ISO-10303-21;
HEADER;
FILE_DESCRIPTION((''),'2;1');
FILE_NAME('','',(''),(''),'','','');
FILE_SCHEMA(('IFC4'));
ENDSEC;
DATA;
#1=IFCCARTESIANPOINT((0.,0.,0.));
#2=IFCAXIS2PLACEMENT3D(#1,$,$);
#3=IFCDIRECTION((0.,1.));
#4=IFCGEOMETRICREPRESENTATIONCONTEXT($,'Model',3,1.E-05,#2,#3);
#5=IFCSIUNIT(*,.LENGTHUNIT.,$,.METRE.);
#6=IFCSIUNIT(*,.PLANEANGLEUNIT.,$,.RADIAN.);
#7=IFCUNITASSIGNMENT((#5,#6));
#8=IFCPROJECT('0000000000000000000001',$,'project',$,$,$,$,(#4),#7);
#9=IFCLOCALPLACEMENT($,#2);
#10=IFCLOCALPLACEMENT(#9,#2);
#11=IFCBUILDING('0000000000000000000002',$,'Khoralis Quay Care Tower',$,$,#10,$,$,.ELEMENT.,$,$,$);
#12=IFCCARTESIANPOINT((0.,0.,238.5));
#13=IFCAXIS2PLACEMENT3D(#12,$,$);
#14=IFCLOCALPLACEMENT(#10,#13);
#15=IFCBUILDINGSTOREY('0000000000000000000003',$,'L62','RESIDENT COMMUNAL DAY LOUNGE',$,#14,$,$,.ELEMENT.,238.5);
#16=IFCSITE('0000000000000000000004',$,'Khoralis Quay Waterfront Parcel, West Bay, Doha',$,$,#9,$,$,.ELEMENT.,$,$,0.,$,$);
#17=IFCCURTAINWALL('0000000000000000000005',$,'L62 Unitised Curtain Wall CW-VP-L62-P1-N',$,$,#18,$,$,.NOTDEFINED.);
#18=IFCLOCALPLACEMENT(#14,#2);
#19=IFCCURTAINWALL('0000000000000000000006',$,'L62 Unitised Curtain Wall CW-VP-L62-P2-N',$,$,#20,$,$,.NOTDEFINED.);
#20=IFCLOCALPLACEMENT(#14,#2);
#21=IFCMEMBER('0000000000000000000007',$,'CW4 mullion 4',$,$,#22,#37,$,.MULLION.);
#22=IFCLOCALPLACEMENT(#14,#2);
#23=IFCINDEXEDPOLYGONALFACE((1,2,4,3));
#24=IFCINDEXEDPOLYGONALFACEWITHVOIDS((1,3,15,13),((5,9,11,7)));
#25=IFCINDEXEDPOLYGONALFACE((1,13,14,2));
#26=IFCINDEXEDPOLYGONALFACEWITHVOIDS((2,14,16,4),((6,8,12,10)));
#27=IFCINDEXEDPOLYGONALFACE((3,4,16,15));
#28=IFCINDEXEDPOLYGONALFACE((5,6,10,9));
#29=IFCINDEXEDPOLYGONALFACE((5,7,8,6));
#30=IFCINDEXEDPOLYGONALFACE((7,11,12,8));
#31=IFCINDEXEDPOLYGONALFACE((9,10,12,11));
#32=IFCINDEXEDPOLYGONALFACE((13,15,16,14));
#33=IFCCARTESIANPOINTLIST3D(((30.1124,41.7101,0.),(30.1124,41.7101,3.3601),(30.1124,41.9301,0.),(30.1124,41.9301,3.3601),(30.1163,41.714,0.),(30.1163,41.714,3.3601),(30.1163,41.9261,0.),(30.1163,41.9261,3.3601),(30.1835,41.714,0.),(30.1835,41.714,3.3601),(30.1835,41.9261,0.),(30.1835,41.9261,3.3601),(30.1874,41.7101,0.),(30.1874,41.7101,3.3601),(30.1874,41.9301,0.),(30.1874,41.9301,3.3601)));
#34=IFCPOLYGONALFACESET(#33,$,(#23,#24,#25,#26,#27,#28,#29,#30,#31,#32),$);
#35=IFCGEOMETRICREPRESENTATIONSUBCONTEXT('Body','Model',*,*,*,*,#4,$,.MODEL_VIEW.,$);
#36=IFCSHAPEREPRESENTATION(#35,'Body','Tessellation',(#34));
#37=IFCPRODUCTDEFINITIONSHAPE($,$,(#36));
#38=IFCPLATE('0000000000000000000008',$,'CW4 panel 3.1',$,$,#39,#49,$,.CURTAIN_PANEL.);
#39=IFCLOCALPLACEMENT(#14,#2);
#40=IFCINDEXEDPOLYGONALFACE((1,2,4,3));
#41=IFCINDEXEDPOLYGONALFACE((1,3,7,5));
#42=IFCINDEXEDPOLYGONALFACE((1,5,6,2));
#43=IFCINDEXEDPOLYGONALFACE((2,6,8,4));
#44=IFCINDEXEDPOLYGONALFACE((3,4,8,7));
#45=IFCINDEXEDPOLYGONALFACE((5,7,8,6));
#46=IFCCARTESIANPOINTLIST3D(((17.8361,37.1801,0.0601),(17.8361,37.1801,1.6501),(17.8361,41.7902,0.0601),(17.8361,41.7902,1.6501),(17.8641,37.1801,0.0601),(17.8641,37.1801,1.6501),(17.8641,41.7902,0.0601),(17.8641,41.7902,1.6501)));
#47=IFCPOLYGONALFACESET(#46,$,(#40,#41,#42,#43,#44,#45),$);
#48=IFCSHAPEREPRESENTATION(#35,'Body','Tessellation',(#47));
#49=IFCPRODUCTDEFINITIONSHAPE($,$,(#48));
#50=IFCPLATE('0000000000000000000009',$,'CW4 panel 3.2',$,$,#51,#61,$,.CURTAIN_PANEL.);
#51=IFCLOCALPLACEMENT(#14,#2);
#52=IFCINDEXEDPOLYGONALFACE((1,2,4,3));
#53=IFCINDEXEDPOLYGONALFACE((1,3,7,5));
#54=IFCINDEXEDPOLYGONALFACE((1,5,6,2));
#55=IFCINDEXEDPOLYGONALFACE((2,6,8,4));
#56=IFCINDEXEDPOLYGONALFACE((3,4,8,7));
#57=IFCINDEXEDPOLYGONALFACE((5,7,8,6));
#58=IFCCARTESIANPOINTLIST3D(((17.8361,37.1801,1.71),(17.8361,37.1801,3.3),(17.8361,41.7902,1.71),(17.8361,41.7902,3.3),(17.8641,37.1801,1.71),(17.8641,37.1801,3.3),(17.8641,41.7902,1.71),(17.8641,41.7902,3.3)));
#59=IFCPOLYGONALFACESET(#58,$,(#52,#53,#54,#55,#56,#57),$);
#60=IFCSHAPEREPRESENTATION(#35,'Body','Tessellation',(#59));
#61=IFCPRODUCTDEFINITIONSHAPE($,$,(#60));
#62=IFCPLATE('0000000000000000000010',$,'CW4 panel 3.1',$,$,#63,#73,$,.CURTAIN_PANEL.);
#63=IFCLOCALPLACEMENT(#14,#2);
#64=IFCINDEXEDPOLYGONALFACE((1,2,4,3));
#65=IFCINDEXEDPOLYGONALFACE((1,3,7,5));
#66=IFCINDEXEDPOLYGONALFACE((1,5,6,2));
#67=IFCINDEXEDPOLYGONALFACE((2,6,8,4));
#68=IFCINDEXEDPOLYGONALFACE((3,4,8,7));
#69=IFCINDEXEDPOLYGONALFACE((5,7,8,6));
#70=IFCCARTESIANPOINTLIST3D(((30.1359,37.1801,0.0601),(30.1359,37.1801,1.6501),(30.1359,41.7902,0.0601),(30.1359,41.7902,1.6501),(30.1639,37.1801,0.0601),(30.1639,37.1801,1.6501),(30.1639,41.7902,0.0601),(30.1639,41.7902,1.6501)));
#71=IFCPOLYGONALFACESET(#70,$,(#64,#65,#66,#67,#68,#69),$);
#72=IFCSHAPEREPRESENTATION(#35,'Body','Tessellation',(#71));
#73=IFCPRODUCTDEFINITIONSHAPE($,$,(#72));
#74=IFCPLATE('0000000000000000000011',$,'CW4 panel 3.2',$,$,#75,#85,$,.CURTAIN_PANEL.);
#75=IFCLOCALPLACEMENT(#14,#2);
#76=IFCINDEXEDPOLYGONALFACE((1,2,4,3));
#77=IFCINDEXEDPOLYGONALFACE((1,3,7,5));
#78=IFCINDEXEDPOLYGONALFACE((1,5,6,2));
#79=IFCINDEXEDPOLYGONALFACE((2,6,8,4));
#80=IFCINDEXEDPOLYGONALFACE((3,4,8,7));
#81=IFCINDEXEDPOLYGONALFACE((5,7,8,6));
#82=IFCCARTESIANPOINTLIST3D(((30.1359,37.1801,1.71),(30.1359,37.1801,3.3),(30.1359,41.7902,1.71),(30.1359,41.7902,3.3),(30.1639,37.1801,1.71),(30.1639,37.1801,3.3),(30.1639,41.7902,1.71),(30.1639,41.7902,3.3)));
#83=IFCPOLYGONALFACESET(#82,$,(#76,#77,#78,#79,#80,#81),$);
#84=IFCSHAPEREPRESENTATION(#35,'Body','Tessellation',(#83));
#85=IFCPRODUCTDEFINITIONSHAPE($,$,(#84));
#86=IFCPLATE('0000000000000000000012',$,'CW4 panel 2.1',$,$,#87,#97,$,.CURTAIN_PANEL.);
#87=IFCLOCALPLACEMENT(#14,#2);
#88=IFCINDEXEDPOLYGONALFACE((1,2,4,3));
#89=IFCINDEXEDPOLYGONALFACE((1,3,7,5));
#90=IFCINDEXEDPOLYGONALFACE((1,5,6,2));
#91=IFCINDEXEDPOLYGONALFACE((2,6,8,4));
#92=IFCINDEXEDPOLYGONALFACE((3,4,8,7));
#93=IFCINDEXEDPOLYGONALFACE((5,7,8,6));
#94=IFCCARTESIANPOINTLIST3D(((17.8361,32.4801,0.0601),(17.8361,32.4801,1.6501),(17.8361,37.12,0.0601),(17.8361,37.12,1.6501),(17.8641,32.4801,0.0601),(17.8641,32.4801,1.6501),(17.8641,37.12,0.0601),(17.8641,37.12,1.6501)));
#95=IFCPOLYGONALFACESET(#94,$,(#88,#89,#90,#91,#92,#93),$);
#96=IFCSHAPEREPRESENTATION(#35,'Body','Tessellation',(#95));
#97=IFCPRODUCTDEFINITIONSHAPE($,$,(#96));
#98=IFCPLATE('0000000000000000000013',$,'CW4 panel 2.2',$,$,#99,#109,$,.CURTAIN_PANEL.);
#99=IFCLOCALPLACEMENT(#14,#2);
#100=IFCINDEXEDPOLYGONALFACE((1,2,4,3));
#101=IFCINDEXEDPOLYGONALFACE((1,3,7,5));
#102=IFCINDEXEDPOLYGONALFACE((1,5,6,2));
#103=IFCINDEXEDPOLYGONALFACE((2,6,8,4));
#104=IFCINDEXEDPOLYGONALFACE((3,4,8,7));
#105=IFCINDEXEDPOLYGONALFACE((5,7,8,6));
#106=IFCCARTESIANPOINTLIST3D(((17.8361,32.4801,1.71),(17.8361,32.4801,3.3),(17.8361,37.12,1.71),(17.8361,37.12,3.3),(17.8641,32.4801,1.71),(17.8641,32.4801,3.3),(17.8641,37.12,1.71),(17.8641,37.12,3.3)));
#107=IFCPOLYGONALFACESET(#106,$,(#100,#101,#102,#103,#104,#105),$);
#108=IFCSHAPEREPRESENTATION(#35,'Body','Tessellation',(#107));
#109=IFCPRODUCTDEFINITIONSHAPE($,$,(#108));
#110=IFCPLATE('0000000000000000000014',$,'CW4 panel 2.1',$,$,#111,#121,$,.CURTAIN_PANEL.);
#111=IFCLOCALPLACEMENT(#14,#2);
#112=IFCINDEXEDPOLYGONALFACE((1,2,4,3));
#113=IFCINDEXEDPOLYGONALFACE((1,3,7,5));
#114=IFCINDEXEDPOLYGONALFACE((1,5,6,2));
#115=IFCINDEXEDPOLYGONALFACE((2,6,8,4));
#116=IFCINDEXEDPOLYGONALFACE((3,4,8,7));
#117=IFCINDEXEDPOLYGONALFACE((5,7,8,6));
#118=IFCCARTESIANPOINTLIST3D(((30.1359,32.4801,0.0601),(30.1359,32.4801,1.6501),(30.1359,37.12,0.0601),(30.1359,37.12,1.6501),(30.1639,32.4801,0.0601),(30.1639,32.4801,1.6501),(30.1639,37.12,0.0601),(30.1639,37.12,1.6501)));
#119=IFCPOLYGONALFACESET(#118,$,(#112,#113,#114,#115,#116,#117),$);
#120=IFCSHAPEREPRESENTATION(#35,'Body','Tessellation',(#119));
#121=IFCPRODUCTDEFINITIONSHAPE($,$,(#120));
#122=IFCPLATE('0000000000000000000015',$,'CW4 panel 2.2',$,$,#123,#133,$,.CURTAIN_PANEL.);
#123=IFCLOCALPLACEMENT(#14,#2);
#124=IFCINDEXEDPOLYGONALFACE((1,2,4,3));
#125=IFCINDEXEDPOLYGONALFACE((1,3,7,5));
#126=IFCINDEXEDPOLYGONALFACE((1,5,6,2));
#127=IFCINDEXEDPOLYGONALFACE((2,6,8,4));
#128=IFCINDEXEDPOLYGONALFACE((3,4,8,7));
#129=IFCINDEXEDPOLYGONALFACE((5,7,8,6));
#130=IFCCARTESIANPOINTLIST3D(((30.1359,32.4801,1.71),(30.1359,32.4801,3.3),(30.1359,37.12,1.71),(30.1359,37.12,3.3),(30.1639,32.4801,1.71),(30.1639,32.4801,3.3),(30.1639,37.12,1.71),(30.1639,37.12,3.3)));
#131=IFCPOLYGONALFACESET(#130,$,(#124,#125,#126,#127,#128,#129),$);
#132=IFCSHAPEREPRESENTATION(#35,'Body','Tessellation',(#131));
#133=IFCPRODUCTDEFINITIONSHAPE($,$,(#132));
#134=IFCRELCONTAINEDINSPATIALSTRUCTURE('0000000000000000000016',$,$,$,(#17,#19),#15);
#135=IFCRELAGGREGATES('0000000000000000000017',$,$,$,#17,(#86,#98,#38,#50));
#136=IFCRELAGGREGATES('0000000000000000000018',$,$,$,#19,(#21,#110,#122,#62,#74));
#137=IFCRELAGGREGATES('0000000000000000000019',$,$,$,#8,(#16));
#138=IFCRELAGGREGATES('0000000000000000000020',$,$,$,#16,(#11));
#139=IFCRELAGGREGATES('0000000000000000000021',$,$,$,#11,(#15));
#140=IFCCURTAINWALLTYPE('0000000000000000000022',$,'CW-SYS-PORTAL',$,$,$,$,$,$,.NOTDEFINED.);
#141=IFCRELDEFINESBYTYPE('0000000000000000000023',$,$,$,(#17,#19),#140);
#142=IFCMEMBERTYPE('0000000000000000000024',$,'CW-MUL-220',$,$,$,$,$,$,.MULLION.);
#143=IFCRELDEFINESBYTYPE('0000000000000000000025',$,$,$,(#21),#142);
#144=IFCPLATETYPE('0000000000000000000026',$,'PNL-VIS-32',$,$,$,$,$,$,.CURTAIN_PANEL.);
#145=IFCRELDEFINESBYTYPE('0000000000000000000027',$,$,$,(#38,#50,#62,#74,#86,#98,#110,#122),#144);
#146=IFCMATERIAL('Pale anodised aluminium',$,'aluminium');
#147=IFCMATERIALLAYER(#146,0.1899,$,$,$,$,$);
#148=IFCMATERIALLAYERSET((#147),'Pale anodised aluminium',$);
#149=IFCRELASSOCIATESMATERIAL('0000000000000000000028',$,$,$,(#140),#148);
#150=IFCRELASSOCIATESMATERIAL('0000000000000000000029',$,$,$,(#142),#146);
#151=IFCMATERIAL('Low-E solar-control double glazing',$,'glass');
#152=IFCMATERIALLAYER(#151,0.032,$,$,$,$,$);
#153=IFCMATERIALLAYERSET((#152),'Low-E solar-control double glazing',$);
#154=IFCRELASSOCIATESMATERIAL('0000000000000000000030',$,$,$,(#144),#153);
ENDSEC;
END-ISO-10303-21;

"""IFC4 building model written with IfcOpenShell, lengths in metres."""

from ifc_helpers import new_model, si_unit, direction, frame, origin, origin_2d, place, context, subcontext, project, spatial, rectangle, hollow_rectangle, extrude, source, transform, mapped, material, layer, layer_set, material_profile, profile_set, type_object, element, aggregate, save


model = new_model("IFC4")

# Units and contexts
model_context = context("Model", 3, precision=1e-05, world=origin(), true_north=direction((0.0, 1.0)))
body_context = subcontext(model_context, "Body", "Model", "MODEL_VIEW")
ifc_project = project(units=[si_unit("LENGTHUNIT", "METRE"), si_unit("PLANEANGLEUNIT", "RADIAN")], contexts=[model_context])

# Site, building, storey
site_placement = place(None, origin())
site = spatial("IfcSite", under=ifc_project, at=site_placement, Name="Khoralis Quay Waterfront Parcel, West Bay, Doha", CompositionType="ELEMENT", RefElevation=0.0)
building_placement = place(site_placement, origin())
building = spatial("IfcBuilding", under=site, at=building_placement, Name="Khoralis Quay Care Tower", CompositionType="ELEMENT")
storey_placement = place(building_placement, frame((0.0, 0.0, 238.5)))
storey = spatial("IfcBuildingStorey", under=building, at=storey_placement, Name="L62", Description="RESIDENT COMMUNAL DAY LOUNGE", CompositionType="ELEMENT", Elevation=238.5)

# Curtain walls
ifc_material_1 = material(Name="Pale anodised aluminium", Category="aluminium")
ifc_layer_1 = layer(ifc_material_1, 0.1899)
ifc_layer_set_1 = layer_set([ifc_layer_1], Name="Pale anodised aluminium")
curtain_wall_type = type_object("IfcCurtainWallType", Name="CW-SYS-PORTAL", PredefinedType="NOTDEFINED", material=ifc_layer_set_1)
curtain_wall_1_placement = place(storey_placement, origin())
curtain_wall_1 = element("IfcCurtainWall", 1, at=curtain_wall_1_placement, inside=storey, type_object=curtain_wall_type, Name="L62 Unitised Curtain Wall CW-VP-L62-P1-N", PredefinedType="NOTDEFINED")
curtain_wall_2_placement = place(storey_placement, origin())
curtain_wall_2 = element("IfcCurtainWall", 2, at=curtain_wall_2_placement, inside=storey, type_object=curtain_wall_type, Name="L62 Unitised Curtain Wall CW-VP-L62-P2-N", PredefinedType="NOTDEFINED")

# Member
ifc_material_profile_1 = material_profile(ifc_material_1, hollow_rectangle(XDim=0.075, YDim=0.22, WallThickness=0.0039, at=origin_2d()), Name="Pale anodised aluminium")
ifc_profile_set_1 = profile_set([ifc_material_profile_1], Name="Pale anodised aluminium")
member_type_1 = type_object("IfcMemberType", Name="CW-MUL-220", PredefinedType="MULLION", material=ifc_profile_set_1)
shared_shape_1 = source(origin(), body_context, "Body", "SweptSolid", [
    extrude(hollow_rectangle(XDim=0.075, YDim=0.22, WallThickness=0.0039, at=origin_2d()), origin(), (0.0, 0.0, 1.0), 3.3601),
])
member_1_placement = place(storey_placement, frame((30.1499, 41.8201, 0.0), z_axis=(0.0, 0.0, 1.0), x_axis=(-1.0, 0.0, 0.0)))
member_1 = element("IfcMember", 3, at=member_1_placement, type_object=member_type_1, Name="CW4 mullion 4", PredefinedType="MULLION", context=body_context, shape_type="MappedRepresentation", body=[
    mapped(shared_shape_1, transform((0.0, 0.0, 0.0), scale=1.0)),
])

# Plates
ifc_material_2 = material(Name="Low-E solar-control double glazing", Category="glass")
ifc_layer_2 = layer(ifc_material_2, 0.032)
ifc_layer_set_2 = layer_set([ifc_layer_2], Name="Low-E solar-control double glazing")
plate_type = type_object("IfcPlateType", Name="PNL-VIS-32", PredefinedType="CURTAIN_PANEL", material=ifc_layer_set_2)
shared_shape_2 = source(origin(), body_context, "Body", "SweptSolid", [
    extrude(rectangle(XDim=4.6101, YDim=0.0281, at=origin_2d()), origin(), (0.0, 0.0, 1.0), 1.5901),
])
plate_1_placement = place(storey_placement, frame((17.8501, 39.4851, 0.0601), z_axis=(0.0, 0.0, 1.0), x_axis=(0.0, 1.0, 0.0)))
plate_1 = element("IfcPlate", 4, at=plate_1_placement, type_object=plate_type, Name="CW4 panel 3.1", PredefinedType="CURTAIN_PANEL", context=body_context, shape_type="MappedRepresentation", body=[
    mapped(shared_shape_2, transform((0.0, 0.0, 0.0), scale=1.0)),
])
plate_2_placement = place(storey_placement, frame((17.8501, 39.4851, 1.71), z_axis=(0.0, 0.0, 1.0), x_axis=(0.0, 1.0, 0.0)))
plate_2 = element("IfcPlate", 5, at=plate_2_placement, type_object=plate_type, Name="CW4 panel 3.2", PredefinedType="CURTAIN_PANEL", context=body_context, shape_type="MappedRepresentation", body=[
    mapped(shared_shape_2, transform((0.0, 0.0, 0.0), scale=1.0)),
])
plate_3_placement = place(storey_placement, frame((30.1499, 39.4851, 0.0601), z_axis=(0.0, 0.0, 1.0), x_axis=(0.0, 1.0, 0.0)))
plate_3 = element("IfcPlate", 6, at=plate_3_placement, type_object=plate_type, Name="CW4 panel 3.1", PredefinedType="CURTAIN_PANEL", context=body_context, shape_type="MappedRepresentation", body=[
    mapped(shared_shape_2, transform((0.0, 0.0, 0.0), scale=1.0)),
])
plate_4_placement = place(storey_placement, frame((30.1499, 39.4851, 1.71), z_axis=(0.0, 0.0, 1.0), x_axis=(0.0, 1.0, 0.0)))
plate_4 = element("IfcPlate", 7, at=plate_4_placement, type_object=plate_type, Name="CW4 panel 3.2", PredefinedType="CURTAIN_PANEL", context=body_context, shape_type="MappedRepresentation", body=[
    mapped(shared_shape_2, transform((0.0, 0.0, 0.0), scale=1.0)),
])
shared_shape_3 = source(origin(), body_context, "Body", "SweptSolid", [
    extrude(rectangle(XDim=4.6399, YDim=0.0281, at=origin_2d()), origin(), (0.0, 0.0, 1.0), 1.5901),
])
plate_5_placement = place(storey_placement, frame((17.8501, 34.8, 0.0601), z_axis=(0.0, 0.0, 1.0), x_axis=(0.0, 1.0, 0.0)))
plate_5 = element("IfcPlate", 8, at=plate_5_placement, type_object=plate_type, Name="CW4 panel 2.1", PredefinedType="CURTAIN_PANEL", context=body_context, shape_type="MappedRepresentation", body=[
    mapped(shared_shape_3, transform((0.0, 0.0, 0.0), scale=1.0)),
])
plate_6_placement = place(storey_placement, frame((17.8501, 34.8, 1.71), z_axis=(0.0, 0.0, 1.0), x_axis=(0.0, 1.0, 0.0)))
plate_6 = element("IfcPlate", 9, at=plate_6_placement, type_object=plate_type, Name="CW4 panel 2.2", PredefinedType="CURTAIN_PANEL", context=body_context, shape_type="MappedRepresentation", body=[
    mapped(shared_shape_3, transform((0.0, 0.0, 0.0), scale=1.0)),
])
aggregate(curtain_wall_1, [plate_5, plate_6, plate_1, plate_2])
plate_7_placement = place(storey_placement, frame((30.1499, 34.8, 0.0601), z_axis=(0.0, 0.0, 1.0), x_axis=(0.0, 1.0, 0.0)))
plate_7 = element("IfcPlate", 10, at=plate_7_placement, type_object=plate_type, Name="CW4 panel 2.1", PredefinedType="CURTAIN_PANEL", context=body_context, shape_type="MappedRepresentation", body=[
    mapped(shared_shape_3, transform((0.0, 0.0, 0.0), scale=1.0)),
])
plate_8_placement = place(storey_placement, frame((30.1499, 34.8, 1.71), z_axis=(0.0, 0.0, 1.0), x_axis=(0.0, 1.0, 0.0)))
plate_8 = element("IfcPlate", 11, at=plate_8_placement, type_object=plate_type, Name="CW4 panel 2.2", PredefinedType="CURTAIN_PANEL", context=body_context, shape_type="MappedRepresentation", body=[
    mapped(shared_shape_3, transform((0.0, 0.0, 0.0), scale=1.0)),
])
aggregate(curtain_wall_2, [member_1, plate_7, plate_8, plate_3, plate_4])

save(model, "model.ifc")
